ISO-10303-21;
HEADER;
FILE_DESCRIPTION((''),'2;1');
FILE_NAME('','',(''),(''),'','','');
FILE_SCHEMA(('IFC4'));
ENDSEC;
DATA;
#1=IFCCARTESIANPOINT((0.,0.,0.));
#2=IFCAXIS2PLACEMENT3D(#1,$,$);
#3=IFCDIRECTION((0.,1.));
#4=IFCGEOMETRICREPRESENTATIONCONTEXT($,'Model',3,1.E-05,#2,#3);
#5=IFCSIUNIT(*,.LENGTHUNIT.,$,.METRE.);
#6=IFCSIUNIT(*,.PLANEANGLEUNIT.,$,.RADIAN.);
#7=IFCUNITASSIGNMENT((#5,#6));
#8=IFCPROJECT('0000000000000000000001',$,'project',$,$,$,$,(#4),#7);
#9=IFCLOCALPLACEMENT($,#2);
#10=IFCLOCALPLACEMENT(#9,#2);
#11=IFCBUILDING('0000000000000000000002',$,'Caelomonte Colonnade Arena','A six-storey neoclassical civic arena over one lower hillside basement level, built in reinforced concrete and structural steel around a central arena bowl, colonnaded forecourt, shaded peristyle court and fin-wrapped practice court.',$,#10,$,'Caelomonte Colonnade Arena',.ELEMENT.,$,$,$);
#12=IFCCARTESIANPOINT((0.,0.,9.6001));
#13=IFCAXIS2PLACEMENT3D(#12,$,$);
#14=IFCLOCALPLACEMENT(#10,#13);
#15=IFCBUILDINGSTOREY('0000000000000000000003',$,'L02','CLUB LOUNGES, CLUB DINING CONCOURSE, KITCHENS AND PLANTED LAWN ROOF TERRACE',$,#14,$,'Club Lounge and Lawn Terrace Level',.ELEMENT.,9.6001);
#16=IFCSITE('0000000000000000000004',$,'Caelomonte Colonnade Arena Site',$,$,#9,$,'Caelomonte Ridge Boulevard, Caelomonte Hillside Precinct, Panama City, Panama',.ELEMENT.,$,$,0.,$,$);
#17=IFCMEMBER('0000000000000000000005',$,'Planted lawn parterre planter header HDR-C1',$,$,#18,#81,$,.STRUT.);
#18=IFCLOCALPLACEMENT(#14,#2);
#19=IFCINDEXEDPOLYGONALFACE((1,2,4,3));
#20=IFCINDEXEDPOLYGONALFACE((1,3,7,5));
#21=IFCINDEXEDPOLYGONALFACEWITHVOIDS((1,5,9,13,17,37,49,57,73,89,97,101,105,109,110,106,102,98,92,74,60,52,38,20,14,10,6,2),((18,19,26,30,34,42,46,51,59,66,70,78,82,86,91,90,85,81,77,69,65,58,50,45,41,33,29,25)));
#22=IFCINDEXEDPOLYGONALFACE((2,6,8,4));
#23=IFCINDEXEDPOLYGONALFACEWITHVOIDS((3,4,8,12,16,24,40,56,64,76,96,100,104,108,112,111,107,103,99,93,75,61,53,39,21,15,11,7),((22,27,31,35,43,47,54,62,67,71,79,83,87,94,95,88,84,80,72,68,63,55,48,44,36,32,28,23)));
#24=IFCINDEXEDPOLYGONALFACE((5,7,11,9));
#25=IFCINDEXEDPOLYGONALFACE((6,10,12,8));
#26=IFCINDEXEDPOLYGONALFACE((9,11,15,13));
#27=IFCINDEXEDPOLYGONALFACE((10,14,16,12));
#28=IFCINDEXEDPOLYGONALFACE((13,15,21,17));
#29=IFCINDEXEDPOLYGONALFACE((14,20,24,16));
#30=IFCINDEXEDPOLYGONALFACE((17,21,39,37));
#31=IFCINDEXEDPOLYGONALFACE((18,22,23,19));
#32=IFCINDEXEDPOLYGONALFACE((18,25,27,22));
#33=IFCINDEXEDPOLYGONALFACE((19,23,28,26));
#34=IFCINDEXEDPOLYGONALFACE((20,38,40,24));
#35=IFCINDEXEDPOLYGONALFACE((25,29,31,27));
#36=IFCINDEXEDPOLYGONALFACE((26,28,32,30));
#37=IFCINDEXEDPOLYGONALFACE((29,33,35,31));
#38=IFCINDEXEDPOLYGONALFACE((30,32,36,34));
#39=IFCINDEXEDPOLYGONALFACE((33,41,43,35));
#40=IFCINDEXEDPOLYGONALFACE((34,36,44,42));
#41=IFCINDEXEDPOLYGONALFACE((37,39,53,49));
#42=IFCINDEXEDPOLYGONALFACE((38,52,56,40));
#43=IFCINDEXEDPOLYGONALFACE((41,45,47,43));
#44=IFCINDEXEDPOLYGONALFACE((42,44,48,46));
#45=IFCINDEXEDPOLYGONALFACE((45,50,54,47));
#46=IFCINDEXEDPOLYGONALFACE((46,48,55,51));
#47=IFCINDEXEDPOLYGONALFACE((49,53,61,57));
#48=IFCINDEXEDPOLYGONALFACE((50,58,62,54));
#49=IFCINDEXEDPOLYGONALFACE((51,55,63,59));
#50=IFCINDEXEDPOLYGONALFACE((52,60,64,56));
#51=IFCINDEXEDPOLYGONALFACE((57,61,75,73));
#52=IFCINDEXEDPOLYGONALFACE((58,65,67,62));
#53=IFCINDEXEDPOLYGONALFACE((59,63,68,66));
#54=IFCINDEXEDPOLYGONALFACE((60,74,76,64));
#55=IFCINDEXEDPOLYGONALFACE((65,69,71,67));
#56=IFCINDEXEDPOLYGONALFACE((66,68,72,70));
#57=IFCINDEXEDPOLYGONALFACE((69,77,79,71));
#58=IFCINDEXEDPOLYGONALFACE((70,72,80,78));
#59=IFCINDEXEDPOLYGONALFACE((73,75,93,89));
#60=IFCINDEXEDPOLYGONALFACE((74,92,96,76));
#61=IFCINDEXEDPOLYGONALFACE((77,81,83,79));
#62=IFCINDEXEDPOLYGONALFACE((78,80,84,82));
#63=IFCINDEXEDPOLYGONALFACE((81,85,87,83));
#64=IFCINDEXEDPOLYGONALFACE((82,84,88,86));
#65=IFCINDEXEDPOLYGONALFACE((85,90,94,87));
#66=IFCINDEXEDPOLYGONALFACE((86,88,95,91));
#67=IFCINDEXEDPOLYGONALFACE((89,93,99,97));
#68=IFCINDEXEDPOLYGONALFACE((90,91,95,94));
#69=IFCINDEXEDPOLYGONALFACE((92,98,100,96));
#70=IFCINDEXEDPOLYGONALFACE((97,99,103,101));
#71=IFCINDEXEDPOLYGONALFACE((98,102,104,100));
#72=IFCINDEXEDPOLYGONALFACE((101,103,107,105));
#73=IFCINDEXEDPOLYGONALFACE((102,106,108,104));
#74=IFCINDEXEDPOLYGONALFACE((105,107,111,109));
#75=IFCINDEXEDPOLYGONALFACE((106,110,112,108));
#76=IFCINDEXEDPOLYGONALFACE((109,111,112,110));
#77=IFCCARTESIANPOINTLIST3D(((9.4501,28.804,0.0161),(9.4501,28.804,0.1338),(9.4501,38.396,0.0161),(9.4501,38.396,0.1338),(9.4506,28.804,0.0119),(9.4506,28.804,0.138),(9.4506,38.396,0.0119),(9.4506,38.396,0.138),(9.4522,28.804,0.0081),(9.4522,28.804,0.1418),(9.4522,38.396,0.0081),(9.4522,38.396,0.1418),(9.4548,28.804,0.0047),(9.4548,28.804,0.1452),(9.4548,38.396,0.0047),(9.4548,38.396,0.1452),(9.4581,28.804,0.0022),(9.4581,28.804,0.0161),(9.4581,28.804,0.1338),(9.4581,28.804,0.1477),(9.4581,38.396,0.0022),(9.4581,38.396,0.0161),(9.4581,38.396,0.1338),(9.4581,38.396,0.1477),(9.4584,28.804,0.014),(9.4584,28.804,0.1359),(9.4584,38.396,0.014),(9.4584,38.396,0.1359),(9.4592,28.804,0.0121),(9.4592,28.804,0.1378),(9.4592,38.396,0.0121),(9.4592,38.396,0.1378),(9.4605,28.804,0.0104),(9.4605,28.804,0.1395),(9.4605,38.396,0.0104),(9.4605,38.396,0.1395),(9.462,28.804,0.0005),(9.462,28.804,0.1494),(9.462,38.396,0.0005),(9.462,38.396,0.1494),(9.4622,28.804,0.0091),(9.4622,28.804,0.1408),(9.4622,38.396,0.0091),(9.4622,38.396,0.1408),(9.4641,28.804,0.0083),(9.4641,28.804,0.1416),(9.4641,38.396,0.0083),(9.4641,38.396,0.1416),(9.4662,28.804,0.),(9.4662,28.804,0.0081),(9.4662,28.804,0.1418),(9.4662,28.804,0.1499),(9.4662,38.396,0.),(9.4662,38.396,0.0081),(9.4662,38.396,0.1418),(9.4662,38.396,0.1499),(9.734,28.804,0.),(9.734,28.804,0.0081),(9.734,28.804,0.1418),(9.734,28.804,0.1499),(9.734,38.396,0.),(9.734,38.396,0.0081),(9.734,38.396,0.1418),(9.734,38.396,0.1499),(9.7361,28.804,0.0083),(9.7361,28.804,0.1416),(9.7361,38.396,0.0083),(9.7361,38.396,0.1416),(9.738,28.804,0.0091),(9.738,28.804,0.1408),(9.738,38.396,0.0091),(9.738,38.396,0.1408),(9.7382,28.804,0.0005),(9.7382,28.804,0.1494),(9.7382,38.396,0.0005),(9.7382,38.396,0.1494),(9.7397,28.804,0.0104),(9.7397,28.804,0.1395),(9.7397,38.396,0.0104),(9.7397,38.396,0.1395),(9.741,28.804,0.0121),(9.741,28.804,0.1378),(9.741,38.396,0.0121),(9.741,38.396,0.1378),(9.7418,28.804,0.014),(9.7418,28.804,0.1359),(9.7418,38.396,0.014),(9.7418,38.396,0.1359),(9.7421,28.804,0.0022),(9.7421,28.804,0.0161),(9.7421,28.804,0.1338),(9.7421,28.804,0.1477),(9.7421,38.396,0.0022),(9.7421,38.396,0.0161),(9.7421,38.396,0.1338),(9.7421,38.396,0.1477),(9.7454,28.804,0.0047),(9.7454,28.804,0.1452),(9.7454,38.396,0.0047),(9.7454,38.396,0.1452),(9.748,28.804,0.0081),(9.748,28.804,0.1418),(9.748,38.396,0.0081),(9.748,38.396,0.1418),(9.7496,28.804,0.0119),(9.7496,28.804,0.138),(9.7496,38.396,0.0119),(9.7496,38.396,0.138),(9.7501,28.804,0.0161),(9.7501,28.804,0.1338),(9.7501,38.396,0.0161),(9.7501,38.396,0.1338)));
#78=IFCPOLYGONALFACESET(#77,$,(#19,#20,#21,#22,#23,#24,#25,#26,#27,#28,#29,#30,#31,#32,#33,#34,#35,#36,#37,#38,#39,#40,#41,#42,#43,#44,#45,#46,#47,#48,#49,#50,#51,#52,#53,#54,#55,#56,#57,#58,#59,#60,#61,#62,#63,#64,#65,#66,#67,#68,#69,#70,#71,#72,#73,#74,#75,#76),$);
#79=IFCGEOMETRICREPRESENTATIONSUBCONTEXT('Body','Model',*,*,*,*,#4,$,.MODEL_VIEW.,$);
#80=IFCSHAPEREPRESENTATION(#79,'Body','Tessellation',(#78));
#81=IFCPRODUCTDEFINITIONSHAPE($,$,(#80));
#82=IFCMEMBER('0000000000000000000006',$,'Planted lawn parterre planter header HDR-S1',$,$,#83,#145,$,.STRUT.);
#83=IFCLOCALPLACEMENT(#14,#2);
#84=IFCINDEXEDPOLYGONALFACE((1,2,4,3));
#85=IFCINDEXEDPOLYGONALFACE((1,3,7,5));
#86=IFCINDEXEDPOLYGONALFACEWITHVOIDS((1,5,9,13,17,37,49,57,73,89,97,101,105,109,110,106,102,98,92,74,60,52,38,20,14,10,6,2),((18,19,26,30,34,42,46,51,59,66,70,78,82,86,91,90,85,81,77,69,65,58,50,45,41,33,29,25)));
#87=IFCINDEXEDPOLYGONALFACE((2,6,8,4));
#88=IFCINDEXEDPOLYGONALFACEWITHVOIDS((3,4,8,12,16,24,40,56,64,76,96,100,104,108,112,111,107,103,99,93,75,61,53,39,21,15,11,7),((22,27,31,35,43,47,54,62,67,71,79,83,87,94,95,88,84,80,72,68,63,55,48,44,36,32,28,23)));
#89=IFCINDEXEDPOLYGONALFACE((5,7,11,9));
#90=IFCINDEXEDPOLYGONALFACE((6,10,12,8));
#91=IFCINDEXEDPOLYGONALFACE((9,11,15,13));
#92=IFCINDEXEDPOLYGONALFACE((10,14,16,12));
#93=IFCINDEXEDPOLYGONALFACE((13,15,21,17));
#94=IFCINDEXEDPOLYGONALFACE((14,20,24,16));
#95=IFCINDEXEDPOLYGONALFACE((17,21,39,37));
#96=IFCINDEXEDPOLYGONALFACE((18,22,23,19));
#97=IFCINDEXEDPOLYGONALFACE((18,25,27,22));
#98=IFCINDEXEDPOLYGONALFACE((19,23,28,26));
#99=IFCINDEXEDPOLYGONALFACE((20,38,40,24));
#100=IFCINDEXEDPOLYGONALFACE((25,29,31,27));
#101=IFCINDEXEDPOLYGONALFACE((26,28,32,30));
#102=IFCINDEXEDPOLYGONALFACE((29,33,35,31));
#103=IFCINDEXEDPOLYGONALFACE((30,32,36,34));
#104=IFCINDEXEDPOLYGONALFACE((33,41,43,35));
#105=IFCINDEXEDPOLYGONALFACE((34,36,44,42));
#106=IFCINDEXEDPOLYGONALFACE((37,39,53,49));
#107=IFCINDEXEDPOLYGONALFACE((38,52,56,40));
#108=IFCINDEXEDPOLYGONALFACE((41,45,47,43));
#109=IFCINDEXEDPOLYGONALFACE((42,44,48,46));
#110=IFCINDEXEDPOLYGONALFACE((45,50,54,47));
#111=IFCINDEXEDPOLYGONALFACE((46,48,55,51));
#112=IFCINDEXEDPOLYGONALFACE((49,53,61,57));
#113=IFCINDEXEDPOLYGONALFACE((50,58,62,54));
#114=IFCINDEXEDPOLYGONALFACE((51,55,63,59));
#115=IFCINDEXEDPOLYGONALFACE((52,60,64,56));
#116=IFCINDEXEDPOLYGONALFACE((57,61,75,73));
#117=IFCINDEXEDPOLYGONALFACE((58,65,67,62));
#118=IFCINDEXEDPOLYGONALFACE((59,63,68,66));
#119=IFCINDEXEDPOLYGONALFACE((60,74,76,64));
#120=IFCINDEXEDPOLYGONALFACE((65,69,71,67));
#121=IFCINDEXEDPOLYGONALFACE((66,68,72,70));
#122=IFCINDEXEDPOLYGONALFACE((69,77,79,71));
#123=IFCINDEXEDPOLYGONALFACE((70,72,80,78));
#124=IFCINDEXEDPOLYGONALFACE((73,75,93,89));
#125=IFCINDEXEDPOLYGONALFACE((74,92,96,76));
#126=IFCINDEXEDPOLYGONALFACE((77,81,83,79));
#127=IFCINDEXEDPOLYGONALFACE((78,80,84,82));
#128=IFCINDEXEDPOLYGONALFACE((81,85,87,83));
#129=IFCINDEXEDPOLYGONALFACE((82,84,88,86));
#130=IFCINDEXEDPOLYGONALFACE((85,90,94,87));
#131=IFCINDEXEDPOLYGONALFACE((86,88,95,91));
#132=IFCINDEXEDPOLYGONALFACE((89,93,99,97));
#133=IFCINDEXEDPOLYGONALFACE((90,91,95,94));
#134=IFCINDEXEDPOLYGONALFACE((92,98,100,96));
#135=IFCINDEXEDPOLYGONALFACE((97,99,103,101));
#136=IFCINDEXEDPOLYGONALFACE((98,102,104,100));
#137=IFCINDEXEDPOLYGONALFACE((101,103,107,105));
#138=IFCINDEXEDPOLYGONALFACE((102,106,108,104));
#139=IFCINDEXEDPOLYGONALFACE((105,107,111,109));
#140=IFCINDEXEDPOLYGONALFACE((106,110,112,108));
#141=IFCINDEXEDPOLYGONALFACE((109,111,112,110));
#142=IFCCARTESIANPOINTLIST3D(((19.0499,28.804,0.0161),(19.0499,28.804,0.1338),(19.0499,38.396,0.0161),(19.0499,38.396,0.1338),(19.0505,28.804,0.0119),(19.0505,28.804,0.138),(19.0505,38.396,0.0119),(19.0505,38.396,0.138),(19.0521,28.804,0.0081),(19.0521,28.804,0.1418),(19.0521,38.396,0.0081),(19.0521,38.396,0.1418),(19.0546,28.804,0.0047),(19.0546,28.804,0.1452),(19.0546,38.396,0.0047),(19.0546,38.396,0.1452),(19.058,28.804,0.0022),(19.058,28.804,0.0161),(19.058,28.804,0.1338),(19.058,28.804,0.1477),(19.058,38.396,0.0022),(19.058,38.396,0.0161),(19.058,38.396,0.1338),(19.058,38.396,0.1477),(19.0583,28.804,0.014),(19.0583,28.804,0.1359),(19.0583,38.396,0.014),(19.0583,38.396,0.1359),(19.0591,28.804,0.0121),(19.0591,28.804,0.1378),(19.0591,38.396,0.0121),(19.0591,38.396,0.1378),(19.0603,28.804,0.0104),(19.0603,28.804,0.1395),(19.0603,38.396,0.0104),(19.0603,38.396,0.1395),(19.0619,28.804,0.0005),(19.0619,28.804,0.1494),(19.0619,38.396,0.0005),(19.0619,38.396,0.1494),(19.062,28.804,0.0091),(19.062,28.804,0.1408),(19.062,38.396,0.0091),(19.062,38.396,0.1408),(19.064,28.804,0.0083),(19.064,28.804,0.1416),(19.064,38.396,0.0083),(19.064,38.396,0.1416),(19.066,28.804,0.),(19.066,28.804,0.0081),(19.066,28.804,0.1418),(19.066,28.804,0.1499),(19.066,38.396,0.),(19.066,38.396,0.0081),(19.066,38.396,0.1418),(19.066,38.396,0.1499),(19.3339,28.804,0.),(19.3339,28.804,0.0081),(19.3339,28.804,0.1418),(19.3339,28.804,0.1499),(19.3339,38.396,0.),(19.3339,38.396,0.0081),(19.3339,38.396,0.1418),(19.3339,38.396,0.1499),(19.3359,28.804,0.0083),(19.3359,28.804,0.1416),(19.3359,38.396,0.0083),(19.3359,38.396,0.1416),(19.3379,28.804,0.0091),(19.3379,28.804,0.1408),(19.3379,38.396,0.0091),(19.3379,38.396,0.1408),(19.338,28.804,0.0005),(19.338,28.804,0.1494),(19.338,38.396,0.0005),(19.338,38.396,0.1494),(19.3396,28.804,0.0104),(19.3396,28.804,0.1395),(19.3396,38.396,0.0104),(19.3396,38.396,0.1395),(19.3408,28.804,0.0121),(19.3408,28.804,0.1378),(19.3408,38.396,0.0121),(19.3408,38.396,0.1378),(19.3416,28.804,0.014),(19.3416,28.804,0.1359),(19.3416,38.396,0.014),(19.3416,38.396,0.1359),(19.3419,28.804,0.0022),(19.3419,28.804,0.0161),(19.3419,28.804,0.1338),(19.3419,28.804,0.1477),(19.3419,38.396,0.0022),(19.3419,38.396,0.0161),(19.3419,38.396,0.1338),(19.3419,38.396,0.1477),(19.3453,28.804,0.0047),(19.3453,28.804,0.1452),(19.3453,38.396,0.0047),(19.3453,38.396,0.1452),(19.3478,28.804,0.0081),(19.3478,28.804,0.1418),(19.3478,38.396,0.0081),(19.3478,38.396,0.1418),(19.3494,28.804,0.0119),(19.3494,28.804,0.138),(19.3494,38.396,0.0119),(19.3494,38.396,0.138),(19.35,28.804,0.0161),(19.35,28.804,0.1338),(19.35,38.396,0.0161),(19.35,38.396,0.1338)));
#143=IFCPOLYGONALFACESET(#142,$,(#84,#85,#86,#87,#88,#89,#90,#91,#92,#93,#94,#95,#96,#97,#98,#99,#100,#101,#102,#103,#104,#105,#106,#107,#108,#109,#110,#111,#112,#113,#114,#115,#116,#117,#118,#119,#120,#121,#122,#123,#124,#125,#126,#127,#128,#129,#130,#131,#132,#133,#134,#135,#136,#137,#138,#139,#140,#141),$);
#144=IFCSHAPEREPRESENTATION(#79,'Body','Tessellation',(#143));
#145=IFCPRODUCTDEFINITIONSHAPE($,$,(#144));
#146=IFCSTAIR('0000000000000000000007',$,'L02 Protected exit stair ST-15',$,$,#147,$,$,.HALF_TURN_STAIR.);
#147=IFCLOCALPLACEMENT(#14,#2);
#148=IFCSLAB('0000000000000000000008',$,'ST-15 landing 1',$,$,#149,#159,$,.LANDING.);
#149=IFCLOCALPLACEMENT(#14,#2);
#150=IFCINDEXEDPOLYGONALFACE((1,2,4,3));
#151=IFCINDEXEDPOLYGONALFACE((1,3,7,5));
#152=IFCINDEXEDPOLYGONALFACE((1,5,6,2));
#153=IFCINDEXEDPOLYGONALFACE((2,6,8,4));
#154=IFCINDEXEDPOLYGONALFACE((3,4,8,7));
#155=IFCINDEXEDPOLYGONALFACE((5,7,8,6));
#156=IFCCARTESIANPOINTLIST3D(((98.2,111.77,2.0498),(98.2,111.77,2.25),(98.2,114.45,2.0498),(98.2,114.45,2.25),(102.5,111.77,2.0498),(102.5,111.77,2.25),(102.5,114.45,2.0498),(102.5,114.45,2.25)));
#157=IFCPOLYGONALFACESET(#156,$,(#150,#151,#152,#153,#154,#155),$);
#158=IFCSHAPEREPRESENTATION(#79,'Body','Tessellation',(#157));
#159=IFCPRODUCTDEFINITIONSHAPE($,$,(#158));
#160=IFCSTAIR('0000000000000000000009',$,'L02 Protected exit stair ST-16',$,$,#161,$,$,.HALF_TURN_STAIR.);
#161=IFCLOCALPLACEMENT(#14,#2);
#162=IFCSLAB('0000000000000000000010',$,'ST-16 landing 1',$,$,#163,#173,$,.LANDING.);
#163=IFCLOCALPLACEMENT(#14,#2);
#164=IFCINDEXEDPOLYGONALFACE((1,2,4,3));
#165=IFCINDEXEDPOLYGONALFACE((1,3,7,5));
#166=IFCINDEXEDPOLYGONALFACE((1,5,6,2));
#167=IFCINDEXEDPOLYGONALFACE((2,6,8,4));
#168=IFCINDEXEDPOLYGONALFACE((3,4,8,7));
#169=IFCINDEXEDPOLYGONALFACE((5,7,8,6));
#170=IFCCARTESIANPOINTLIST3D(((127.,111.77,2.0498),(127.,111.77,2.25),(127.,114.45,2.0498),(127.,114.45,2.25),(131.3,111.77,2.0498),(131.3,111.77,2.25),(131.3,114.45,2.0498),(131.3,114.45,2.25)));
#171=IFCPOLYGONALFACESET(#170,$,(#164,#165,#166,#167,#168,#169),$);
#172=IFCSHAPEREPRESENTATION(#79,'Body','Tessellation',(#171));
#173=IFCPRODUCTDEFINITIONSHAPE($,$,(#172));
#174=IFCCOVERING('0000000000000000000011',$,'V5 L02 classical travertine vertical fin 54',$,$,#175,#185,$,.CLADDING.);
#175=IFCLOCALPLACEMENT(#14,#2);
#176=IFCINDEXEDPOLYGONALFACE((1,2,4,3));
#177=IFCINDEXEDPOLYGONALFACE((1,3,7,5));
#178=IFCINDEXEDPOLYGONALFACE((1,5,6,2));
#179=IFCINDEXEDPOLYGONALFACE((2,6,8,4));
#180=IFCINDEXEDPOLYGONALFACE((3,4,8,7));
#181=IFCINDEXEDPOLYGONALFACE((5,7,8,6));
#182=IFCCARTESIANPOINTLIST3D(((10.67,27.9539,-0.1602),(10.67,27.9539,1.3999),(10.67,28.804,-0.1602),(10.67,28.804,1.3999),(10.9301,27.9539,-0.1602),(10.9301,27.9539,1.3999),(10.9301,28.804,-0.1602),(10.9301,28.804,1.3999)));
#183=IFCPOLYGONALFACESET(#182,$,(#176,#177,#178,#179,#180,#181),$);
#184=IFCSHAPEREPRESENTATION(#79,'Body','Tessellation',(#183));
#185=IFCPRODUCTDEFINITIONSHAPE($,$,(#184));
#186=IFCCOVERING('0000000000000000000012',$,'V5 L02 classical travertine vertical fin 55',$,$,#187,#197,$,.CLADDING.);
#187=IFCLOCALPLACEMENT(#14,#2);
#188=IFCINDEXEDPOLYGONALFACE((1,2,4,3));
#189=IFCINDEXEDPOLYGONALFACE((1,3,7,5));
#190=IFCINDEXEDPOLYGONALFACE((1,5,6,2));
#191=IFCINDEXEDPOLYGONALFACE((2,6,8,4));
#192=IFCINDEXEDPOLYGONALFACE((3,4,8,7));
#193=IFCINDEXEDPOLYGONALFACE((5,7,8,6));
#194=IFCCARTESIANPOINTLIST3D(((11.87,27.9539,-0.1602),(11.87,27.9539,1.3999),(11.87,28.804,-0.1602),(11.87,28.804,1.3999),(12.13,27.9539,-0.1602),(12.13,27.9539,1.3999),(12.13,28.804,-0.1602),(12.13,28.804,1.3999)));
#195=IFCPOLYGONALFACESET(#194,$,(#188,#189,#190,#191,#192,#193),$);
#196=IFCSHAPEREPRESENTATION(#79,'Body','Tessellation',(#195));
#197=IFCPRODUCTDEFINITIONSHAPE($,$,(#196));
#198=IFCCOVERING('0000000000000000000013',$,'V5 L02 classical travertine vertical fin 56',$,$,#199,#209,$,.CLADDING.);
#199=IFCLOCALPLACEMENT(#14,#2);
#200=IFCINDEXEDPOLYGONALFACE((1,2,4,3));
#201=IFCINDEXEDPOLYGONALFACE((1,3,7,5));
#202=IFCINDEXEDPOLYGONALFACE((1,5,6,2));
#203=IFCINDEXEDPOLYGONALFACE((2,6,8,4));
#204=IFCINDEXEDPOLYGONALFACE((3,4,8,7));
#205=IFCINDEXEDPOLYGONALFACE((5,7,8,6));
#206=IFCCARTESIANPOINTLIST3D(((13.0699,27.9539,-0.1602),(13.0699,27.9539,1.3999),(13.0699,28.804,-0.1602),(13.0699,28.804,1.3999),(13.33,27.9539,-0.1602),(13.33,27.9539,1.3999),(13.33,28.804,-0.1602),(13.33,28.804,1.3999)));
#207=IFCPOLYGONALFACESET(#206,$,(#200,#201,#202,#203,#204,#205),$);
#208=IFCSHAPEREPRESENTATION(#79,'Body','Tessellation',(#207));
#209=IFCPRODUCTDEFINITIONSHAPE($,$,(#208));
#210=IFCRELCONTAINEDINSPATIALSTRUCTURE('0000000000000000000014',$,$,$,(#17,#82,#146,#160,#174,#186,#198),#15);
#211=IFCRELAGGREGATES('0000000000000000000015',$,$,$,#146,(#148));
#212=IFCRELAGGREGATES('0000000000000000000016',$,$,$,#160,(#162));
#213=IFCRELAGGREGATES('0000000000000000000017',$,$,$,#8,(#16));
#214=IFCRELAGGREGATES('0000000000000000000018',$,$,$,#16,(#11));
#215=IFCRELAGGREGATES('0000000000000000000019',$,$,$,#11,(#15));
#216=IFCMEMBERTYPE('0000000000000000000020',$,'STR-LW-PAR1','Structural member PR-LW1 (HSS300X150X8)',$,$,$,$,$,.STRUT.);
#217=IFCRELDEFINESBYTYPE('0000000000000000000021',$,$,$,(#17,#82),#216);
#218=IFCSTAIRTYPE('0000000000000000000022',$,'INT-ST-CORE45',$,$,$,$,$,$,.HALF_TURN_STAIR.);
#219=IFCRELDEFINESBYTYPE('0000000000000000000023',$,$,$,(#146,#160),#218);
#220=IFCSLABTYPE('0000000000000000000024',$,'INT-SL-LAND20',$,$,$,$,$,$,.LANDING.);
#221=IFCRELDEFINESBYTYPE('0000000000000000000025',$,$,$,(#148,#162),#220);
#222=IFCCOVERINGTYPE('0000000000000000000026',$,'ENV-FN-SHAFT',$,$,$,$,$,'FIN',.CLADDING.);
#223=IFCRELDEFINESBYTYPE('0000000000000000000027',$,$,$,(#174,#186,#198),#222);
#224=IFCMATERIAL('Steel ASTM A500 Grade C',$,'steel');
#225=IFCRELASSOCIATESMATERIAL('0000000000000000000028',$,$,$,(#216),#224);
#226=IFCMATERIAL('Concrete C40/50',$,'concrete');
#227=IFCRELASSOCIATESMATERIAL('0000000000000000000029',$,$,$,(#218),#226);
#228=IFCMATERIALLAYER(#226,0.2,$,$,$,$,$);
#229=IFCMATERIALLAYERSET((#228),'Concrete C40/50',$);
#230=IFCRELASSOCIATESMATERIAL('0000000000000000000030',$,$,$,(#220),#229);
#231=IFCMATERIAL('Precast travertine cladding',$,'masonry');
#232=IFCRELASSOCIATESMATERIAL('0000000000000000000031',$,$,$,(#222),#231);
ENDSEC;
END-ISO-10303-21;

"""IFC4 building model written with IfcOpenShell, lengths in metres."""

from ifc_helpers import new_model, si_unit, direction, frame, origin, origin_2d, place, context, subcontext, project, spatial, polyline, rectangle, hollow_rectangle, outline, extrude, material, layer, layer_set, material_profile, profile_set, type_object, element, aggregate, save


model = new_model("IFC4")

# Units and contexts
model_context = context("Model", 3, precision=1e-05, world=origin(), true_north=direction((0.0, 1.0)))
body_context = subcontext(model_context, "Body", "Model", "MODEL_VIEW")
ifc_project = project(units=[si_unit("LENGTHUNIT", "METRE"), si_unit("PLANEANGLEUNIT", "RADIAN")], contexts=[model_context])

# Site, building, storey
site_placement = place(None, origin())
site = spatial("IfcSite", under=ifc_project, at=site_placement, Name="Caelomonte Colonnade Arena Site", LongName="Caelomonte Ridge Boulevard, Caelomonte Hillside Precinct, Panama City, Panama", CompositionType="ELEMENT", RefElevation=0.0)
building_placement = place(site_placement, origin())
building = spatial("IfcBuilding", under=site, at=building_placement, Name="Caelomonte Colonnade Arena", Description="A six-storey neoclassical civic arena over one lower hillside basement level, built in reinforced concrete and structural steel around a central arena bowl, colonnaded forecourt, shaded peristyle court and fin-wrapped practice court.", LongName="Caelomonte Colonnade Arena", CompositionType="ELEMENT")
storey_placement = place(building_placement, frame((0.0, 0.0, 9.6001)))
storey = spatial("IfcBuildingStorey", under=building, at=storey_placement, Name="L02", Description="CLUB LOUNGES, CLUB DINING CONCOURSE, KITCHENS AND PLANTED LAWN ROOF TERRACE", LongName="Club Lounge and Lawn Terrace Level", CompositionType="ELEMENT", Elevation=9.6001)

# Members
ifc_material_1 = material(Name="Steel ASTM A500 Grade C", Category="steel")
ifc_material_profile_1 = material_profile(ifc_material_1, hollow_rectangle(XDim=0.3, YDim=0.1499, WallThickness=0.0081, InnerFilletRadius=0.0081, OuterFilletRadius=0.0161, at=origin_2d()), Name="HSS300X150X8")
ifc_profile_set_1 = profile_set([ifc_material_profile_1], Name="Steel ASTM A500 Grade C")
member_type = type_object("IfcMemberType", Name="STR-LW-PAR1", Description="Structural member PR-LW1 (HSS300X150X8)", PredefinedType="STRUT", material=ifc_profile_set_1)
for number, where, z_axis, x_axis, name in (
    (1, (9.6001, 28.804, 0.075), (0.0, 1.0, 0.0), (-1.0, 0.0, 0.0), "Planted lawn parterre planter header HDR-C1"),
    (2, (19.2, 28.804, 0.075), (0.0, 1.0, 0.0), (-1.0, 0.0, 0.0), "Planted lawn parterre planter header HDR-S1"),
):
    element("IfcMember", number, at=place(storey_placement, frame(where, z_axis=z_axis, x_axis=x_axis)), inside=storey, type_object=member_type, Name=name, PredefinedType="STRUT", context=body_context, shape_type="SweptSolid", body=[
        extrude(hollow_rectangle(XDim=0.3, YDim=0.1499, WallThickness=0.0081, InnerFilletRadius=0.0081, OuterFilletRadius=0.0161, at=origin_2d()), origin(), (0.0, 0.0, 1.0), 9.592),
    ])

# Stairs, slabs
ifc_material_2 = material(Name="Concrete C40/50", Category="concrete")
stair_type = type_object("IfcStairType", Name="INT-ST-CORE45", PredefinedType="HALF_TURN_STAIR", material=ifc_material_2)
stair_1_placement = place(storey_placement, origin())
stair_1 = element("IfcStair", 3, at=stair_1_placement, inside=storey, type_object=stair_type, Name="L02 Protected exit stair ST-15", PredefinedType="HALF_TURN_STAIR")
ifc_layer = layer(ifc_material_2, 0.2)
ifc_layer_set = layer_set([ifc_layer], Name="Concrete C40/50")
slab_type = type_object("IfcSlabType", Name="INT-SL-LAND20", PredefinedType="LANDING", material=ifc_layer_set)
slab_1_placement = place(storey_placement, frame((0.0, 0.0, 2.0498)))
slab_1 = element("IfcSlab", 4, at=slab_1_placement, type_object=slab_type, Name="ST-15 landing 1", PredefinedType="LANDING", context=body_context, shape_type="SweptSolid", body=[
    extrude(outline(polyline([(102.5, 111.77), (102.5, 114.45), (98.2, 114.45), (98.2, 111.77), (102.5, 111.77)])), origin(), (0.0, 0.0, 1.0), 0.2002),
])
aggregate(stair_1, [slab_1])
stair_2_placement = place(storey_placement, origin())
stair_2 = element("IfcStair", 5, at=stair_2_placement, inside=storey, type_object=stair_type, Name="L02 Protected exit stair ST-16", PredefinedType="HALF_TURN_STAIR")
slab_2_placement = place(storey_placement, frame((0.0, 0.0, 2.0498)))
slab_2 = element("IfcSlab", 6, at=slab_2_placement, type_object=slab_type, Name="ST-16 landing 1", PredefinedType="LANDING", context=body_context, shape_type="SweptSolid", body=[
    extrude(outline(polyline([(131.3, 111.77), (131.3, 114.45), (127.0, 114.45), (127.0, 111.77), (131.3, 111.77)])), origin(), (0.0, 0.0, 1.0), 0.2002),
])
aggregate(stair_2, [slab_2])

# Coverings
ifc_material_3 = material(Name="Precast travertine cladding", Category="masonry")
ifc_material_profile_2 = material_profile(ifc_material_3, rectangle(XDim=0.26, YDim=0.8501, at=origin_2d()), Name="FIN260X850")
ifc_profile_set_2 = profile_set([ifc_material_profile_2], Name="Precast travertine cladding")
covering_type = type_object("IfcCoveringType", Name="ENV-FN-SHAFT", ElementType="FIN", PredefinedType="CLADDING", material=ifc_profile_set_2)
for number, where, z_axis, x_axis, name in (
    (7, (10.8, 28.3789, -0.1602), (0.0, 0.0, 1.0), (-1.0, 0.0, 0.0), "V5 L02 classical travertine vertical fin 54"),
    (8, (12.0, 28.3789, -0.1602), (0.0, 0.0, 1.0), (-1.0, 0.0, 0.0), "V5 L02 classical travertine vertical fin 55"),
    (9, (13.2, 28.3789, -0.1602), (0.0, 0.0, 1.0), (-1.0, 0.0, 0.0), "V5 L02 classical travertine vertical fin 56"),
):
    element("IfcCovering", number, at=place(storey_placement, frame(where, z_axis=z_axis, x_axis=x_axis)), inside=storey, type_object=covering_type, Name=name, PredefinedType="CLADDING", context=body_context, shape_type="SweptSolid", body=[
        extrude(rectangle(XDim=0.26, YDim=0.8501, at=origin_2d()), origin(), (0.0, 0.0, 1.0), 1.5601),
    ])

save(model, "model.ifc")
